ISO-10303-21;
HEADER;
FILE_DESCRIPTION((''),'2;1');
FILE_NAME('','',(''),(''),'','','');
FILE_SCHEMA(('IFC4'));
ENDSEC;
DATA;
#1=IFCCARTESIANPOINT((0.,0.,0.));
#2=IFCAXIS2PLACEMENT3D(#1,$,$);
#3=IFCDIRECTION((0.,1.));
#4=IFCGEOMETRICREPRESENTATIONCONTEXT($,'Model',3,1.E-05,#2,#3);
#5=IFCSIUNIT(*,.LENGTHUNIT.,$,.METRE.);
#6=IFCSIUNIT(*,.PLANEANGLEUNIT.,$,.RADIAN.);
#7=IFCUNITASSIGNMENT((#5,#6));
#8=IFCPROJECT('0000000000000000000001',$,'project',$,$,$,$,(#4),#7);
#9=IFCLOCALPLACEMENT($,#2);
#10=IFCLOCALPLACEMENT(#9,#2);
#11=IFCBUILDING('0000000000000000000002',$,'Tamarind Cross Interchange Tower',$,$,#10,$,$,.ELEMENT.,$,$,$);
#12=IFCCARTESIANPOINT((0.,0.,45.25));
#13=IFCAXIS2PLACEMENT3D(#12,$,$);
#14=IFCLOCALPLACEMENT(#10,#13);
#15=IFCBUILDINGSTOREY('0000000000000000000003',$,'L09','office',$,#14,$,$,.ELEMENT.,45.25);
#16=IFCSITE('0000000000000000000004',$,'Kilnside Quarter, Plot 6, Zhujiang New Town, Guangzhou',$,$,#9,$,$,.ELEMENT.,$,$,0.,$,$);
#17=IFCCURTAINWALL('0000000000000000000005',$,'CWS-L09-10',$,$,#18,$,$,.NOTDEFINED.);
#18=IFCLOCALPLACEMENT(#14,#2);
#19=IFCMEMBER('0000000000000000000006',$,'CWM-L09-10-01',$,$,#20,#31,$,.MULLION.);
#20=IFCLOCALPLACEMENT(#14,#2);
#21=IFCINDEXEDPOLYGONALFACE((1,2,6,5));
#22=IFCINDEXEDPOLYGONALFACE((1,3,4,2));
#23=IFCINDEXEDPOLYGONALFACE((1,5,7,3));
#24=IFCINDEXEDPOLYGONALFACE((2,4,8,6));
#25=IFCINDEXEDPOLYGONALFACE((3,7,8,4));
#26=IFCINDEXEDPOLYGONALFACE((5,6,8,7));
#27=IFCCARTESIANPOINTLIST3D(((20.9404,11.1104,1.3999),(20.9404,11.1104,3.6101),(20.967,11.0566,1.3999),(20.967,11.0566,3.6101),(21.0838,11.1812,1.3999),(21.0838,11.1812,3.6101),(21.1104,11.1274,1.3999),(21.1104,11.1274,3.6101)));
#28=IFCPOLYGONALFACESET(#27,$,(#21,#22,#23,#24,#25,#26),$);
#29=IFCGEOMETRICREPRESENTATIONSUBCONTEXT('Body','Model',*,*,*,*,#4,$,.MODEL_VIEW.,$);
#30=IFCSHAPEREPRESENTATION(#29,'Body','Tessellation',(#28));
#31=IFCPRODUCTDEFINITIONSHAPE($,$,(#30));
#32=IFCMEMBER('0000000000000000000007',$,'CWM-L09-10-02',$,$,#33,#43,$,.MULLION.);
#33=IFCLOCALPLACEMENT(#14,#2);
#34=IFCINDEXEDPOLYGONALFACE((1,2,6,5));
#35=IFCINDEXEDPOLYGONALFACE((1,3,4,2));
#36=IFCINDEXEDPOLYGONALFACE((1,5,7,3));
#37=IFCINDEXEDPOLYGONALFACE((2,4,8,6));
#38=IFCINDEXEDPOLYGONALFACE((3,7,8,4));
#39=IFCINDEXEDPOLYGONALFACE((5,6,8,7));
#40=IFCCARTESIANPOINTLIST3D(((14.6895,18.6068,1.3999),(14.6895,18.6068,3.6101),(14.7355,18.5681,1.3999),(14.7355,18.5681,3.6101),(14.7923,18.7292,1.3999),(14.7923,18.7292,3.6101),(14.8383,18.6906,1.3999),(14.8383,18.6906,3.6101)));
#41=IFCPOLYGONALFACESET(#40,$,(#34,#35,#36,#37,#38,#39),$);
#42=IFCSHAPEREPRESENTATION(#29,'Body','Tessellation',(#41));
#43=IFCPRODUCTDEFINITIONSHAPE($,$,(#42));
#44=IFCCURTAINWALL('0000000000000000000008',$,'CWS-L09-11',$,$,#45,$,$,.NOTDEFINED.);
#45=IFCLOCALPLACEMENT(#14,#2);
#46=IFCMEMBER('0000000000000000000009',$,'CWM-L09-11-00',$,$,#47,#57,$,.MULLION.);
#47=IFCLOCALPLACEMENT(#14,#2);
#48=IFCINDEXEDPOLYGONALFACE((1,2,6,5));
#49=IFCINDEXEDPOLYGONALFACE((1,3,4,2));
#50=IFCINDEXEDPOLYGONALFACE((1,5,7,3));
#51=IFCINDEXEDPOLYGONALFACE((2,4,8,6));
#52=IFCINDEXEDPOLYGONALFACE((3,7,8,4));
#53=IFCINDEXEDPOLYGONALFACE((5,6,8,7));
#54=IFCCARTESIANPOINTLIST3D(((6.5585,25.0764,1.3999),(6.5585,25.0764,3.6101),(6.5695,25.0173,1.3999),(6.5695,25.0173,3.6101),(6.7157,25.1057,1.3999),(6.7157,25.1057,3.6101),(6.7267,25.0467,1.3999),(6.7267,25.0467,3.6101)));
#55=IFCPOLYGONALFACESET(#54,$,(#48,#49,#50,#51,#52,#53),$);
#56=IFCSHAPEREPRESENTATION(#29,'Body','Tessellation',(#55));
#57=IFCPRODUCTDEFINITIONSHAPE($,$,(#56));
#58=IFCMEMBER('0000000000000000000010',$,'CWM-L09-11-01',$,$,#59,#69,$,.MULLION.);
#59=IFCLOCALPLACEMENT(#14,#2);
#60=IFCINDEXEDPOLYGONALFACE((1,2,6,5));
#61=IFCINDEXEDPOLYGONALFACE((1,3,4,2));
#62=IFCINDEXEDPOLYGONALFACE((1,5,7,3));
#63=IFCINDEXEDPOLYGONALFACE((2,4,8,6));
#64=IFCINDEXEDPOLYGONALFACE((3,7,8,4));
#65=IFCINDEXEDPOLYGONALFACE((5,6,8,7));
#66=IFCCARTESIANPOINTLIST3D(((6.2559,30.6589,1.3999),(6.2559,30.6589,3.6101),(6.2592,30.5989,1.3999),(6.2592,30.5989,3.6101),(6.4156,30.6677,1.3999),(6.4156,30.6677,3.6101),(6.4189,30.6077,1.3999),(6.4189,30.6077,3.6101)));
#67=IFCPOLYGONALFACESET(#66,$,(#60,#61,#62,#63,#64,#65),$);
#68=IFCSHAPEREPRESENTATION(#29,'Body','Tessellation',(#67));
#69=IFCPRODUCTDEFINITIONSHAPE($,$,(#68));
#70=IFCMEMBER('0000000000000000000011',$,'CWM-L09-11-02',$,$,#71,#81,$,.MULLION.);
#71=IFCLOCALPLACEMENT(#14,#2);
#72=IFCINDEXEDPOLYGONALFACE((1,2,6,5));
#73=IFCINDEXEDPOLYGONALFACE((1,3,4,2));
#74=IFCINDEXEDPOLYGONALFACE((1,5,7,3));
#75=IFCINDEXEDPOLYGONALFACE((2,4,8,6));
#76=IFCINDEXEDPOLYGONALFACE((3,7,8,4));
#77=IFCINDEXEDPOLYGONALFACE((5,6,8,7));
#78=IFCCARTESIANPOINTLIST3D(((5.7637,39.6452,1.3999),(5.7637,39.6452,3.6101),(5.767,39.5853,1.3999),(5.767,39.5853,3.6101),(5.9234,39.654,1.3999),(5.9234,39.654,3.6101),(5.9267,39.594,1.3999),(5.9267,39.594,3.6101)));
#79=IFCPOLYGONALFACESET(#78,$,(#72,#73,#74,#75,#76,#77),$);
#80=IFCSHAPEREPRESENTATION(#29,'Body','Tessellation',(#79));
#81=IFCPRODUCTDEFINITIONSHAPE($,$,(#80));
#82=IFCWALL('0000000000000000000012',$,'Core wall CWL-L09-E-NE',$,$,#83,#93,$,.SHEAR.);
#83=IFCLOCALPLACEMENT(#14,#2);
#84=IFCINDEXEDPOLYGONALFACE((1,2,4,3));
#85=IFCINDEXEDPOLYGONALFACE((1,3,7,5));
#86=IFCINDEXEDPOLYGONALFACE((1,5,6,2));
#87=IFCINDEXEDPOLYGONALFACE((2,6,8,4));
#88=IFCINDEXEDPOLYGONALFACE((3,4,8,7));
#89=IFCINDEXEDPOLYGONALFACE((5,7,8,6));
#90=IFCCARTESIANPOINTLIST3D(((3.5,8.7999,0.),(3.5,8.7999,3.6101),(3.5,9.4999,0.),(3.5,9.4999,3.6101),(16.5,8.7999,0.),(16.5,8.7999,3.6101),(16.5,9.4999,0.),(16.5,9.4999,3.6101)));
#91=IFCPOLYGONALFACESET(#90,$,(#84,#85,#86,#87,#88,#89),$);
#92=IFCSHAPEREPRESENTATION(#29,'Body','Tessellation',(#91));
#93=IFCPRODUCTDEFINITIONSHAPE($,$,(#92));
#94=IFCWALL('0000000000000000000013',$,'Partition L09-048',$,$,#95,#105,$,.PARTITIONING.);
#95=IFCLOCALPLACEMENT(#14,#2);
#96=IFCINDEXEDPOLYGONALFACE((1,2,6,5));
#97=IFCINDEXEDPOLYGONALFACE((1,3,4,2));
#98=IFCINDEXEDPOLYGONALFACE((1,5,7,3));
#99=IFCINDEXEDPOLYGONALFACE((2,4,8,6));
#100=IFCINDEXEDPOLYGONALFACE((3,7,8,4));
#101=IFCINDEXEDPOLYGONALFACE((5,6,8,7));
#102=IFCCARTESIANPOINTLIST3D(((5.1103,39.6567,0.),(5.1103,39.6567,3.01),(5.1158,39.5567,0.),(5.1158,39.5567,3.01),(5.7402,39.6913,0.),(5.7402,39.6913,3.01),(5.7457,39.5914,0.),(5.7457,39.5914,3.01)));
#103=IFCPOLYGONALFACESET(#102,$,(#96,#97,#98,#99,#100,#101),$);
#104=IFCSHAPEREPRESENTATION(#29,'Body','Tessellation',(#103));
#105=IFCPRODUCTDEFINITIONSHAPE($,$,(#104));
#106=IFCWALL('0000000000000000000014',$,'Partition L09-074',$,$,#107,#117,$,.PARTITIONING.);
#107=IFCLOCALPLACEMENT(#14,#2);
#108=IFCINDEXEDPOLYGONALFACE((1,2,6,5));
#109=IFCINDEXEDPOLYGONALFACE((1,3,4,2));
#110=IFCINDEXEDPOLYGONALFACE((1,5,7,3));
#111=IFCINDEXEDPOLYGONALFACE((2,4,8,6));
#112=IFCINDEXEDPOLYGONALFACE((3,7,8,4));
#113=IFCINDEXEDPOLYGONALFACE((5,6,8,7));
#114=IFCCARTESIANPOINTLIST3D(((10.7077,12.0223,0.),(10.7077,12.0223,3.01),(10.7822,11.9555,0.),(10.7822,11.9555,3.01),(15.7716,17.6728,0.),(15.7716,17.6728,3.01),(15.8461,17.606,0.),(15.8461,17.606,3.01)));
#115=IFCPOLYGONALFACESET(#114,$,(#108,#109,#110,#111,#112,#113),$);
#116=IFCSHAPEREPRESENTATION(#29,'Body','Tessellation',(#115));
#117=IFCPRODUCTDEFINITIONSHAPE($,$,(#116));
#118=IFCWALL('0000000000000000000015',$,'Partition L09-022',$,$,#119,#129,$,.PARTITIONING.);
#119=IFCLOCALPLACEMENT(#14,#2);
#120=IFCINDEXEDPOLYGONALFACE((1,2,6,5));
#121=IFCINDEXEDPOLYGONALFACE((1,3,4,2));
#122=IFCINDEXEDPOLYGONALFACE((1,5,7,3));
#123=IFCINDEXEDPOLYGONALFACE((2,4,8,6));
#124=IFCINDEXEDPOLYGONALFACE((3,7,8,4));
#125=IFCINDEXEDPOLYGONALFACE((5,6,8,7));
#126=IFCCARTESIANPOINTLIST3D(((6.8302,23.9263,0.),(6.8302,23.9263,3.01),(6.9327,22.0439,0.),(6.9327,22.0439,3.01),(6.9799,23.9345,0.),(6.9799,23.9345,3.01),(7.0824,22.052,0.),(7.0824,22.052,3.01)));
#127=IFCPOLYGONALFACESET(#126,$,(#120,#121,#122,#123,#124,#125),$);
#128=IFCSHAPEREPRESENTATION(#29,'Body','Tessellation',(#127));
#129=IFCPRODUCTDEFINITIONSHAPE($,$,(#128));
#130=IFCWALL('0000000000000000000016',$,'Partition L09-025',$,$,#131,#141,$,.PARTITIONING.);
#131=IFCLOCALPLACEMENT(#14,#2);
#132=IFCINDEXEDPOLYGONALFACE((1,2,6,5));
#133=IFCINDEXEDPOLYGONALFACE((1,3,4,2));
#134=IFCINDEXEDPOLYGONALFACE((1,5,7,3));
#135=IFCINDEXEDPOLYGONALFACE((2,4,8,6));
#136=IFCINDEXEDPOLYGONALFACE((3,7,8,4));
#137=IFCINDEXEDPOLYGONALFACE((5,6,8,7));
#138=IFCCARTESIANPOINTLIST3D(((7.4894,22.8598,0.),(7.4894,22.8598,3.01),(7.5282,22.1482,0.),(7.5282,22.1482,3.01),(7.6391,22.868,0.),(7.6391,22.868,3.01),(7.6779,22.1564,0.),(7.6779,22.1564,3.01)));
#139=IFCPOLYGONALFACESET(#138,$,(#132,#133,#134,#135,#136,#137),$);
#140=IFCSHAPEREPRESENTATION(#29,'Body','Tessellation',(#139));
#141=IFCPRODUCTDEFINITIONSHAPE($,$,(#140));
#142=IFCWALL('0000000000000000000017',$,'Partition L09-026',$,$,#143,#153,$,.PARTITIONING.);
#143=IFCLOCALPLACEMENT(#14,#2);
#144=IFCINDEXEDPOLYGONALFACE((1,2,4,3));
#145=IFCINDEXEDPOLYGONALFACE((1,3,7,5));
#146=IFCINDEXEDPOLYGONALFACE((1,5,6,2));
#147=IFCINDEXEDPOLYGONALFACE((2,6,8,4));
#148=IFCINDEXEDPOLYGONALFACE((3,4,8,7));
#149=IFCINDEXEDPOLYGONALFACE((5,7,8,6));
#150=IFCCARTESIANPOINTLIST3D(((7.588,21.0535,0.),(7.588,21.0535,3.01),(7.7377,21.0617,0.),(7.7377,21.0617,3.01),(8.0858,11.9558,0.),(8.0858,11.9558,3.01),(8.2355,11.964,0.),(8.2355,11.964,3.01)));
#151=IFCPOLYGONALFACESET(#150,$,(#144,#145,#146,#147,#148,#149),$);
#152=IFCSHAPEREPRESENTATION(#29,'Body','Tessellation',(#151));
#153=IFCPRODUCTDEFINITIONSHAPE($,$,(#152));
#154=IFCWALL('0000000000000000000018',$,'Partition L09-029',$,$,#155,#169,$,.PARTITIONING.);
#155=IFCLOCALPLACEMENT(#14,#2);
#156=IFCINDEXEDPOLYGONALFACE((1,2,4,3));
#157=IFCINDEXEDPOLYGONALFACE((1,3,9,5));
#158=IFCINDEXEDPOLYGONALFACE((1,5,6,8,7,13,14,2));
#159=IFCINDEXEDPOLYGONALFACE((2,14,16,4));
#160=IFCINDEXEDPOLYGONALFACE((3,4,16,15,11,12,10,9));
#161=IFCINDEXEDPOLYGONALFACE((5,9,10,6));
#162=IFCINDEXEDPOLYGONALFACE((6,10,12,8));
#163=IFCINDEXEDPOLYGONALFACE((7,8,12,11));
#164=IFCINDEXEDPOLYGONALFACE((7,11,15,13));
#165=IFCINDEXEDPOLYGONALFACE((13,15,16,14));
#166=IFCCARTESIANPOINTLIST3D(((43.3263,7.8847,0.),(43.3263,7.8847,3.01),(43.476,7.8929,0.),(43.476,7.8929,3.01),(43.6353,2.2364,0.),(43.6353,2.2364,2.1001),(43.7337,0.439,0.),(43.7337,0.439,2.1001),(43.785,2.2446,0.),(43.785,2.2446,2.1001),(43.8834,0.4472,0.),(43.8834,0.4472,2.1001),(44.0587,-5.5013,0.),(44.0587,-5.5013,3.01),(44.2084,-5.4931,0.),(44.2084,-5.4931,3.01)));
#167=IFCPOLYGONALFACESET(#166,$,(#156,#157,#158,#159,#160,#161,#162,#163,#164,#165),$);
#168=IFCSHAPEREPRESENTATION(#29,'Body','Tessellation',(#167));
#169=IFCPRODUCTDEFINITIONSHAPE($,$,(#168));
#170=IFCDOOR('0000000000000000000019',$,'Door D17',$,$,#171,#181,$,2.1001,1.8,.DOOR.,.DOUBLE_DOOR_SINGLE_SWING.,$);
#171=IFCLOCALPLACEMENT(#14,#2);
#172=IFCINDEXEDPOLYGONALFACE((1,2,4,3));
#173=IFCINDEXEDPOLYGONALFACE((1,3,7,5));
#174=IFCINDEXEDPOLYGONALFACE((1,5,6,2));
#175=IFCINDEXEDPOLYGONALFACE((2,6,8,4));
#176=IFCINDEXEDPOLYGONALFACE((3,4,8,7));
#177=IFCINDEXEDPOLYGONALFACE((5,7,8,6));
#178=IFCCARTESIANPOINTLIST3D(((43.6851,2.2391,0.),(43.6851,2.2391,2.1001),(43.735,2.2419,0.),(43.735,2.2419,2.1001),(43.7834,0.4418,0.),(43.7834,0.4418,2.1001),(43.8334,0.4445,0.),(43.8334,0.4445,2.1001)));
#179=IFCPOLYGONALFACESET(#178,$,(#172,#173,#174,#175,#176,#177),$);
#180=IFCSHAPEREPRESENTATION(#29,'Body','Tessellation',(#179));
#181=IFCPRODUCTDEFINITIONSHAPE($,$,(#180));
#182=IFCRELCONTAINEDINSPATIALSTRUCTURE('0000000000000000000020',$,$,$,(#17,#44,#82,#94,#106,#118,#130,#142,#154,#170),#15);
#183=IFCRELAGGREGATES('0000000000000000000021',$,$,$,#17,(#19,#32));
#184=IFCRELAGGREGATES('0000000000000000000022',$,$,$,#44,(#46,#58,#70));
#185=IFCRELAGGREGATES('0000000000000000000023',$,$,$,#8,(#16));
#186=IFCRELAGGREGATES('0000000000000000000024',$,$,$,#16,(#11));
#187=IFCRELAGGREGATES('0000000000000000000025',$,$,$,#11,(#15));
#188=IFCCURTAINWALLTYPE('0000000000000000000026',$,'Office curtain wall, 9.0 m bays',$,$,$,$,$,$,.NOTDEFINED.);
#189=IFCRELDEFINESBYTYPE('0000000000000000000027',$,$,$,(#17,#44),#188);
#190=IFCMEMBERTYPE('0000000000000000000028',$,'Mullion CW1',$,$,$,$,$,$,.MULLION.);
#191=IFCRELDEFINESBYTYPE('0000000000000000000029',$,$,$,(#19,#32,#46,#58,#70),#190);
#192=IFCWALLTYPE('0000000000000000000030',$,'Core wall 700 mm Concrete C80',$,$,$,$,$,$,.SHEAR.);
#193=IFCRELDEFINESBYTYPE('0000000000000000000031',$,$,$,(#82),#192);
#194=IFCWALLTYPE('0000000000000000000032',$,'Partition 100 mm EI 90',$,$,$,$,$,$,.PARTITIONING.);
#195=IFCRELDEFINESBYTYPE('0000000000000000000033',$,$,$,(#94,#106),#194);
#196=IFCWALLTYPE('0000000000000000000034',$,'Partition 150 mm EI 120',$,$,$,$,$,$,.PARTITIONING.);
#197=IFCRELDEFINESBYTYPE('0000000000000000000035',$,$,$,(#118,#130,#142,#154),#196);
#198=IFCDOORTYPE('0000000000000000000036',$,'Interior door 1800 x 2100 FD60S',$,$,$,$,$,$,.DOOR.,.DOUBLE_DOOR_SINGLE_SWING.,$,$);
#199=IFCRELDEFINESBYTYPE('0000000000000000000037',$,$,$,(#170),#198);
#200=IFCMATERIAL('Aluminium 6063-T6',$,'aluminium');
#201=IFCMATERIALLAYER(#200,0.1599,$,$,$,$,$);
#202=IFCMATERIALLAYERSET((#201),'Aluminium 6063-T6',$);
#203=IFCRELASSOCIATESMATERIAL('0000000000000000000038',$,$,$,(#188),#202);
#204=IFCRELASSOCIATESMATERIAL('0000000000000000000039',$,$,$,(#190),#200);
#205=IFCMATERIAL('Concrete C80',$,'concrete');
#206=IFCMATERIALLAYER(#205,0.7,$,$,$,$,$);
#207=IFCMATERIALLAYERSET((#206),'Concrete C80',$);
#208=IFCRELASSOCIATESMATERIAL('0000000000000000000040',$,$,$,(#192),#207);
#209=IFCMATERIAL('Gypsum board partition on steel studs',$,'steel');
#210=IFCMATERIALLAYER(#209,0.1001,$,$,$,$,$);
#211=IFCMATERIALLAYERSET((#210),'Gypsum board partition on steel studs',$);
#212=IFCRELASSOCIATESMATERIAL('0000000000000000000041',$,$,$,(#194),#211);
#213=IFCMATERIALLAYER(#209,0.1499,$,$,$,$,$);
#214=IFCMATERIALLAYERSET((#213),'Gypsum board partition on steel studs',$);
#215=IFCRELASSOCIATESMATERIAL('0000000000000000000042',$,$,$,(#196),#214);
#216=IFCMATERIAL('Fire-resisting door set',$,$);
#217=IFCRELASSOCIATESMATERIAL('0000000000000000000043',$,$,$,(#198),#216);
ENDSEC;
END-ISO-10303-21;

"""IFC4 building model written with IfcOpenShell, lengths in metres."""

from ifc_helpers import new_model, si_unit, direction, frame, frame_2d, origin, origin_2d, place, context, subcontext, project, spatial, rectangle, extrude, material, layer, layer_set, material_profile, profile_set, type_object, element, fill, aggregate, save


model = new_model("IFC4")

# Units and contexts
model_context = context("Model", 3, precision=1e-05, world=origin(), true_north=direction((0.0, 1.0)))
body_context = subcontext(model_context, "Body", "Model", "MODEL_VIEW")
ifc_project = project(units=[si_unit("LENGTHUNIT", "METRE"), si_unit("PLANEANGLEUNIT", "RADIAN")], contexts=[model_context])

# Site, building, storey
site_placement = place(None, origin())
site = spatial("IfcSite", under=ifc_project, at=site_placement, Name="Kilnside Quarter, Plot 6, Zhujiang New Town, Guangzhou", CompositionType="ELEMENT", RefElevation=0.0)
building_placement = place(site_placement, origin())
building = spatial("IfcBuilding", under=site, at=building_placement, Name="Tamarind Cross Interchange Tower", CompositionType="ELEMENT")
storey_placement = place(building_placement, frame((0.0, 0.0, 45.25)))
storey = spatial("IfcBuildingStorey", under=building, at=storey_placement, Name="L09", Description="office", CompositionType="ELEMENT", Elevation=45.25)

# Shared definitions
ifc_material_1 = material(Name="Aluminium 6063-T6", Category="aluminium")
ifc_layer_1 = layer(ifc_material_1, 0.1599)
ifc_layer_set_1 = layer_set([ifc_layer_1], Name="Aluminium 6063-T6")
curtain_wall_type = type_object("IfcCurtainWallType", Name="Office curtain wall, 9.0 m bays", PredefinedType="NOTDEFINED", material=ifc_layer_set_1)
ifc_material_profile_1 = material_profile(ifc_material_1, rectangle(XDim=0.0601, YDim=0.1599, at=origin_2d()), Name="Mullion CW1")
ifc_profile_set_1 = profile_set([ifc_material_profile_1], Name="Aluminium 6063-T6")
member_type = type_object("IfcMemberType", Name="Mullion CW1", PredefinedType="MULLION", material=ifc_profile_set_1)

# Curtain walls, members
curtain_wall_1_placement = place(storey_placement, origin())
curtain_wall_1 = element("IfcCurtainWall", 1, at=curtain_wall_1_placement, inside=storey, type_object=curtain_wall_type, Name="CWS-L09-10", PredefinedType="NOTDEFINED")
member_1_placement = place(storey_placement, frame((21.0254, 11.1189, 1.3999), z_axis=(0.0, 0.0, 1.0), x_axis=(-0.443059, 0.896493, 0.0)))
member_1 = element("IfcMember", 2, at=member_1_placement, type_object=member_type, Name="CWM-L09-10-01", PredefinedType="MULLION", context=body_context, shape_type="SweptSolid", body=[
    extrude(rectangle(XDim=0.0601, YDim=0.1599, at=origin_2d()), origin(), (0.0, 0.0, 1.0), 2.2102),
])
member_2_placement = place(storey_placement, frame((14.7639, 18.6487, 1.3999), z_axis=(0.0, 0.0, 1.0), x_axis=(-0.765858, 0.643009, 0.0)))
member_2 = element("IfcMember", 3, at=member_2_placement, type_object=member_type, Name="CWM-L09-10-02", PredefinedType="MULLION", context=body_context, shape_type="SweptSolid", body=[
    extrude(rectangle(XDim=0.0601, YDim=0.1599, at=origin_2d()), origin(), (0.0, 0.0, 1.0), 2.2102),
])
aggregate(curtain_wall_1, [member_1, member_2])
curtain_wall_2_placement = place(storey_placement, origin())
curtain_wall_2 = element("IfcCurtainWall", 4, at=curtain_wall_2_placement, inside=storey, type_object=curtain_wall_type, Name="CWS-L09-11", PredefinedType="NOTDEFINED")
member_3_placement = place(storey_placement, frame((6.6426, 25.0615, 1.3999), z_axis=(0.0, 0.0, 1.0), x_axis=(-0.183566, 0.983007, 0.0)))
member_3 = element("IfcMember", 5, at=member_3_placement, type_object=member_type, Name="CWM-L09-11-00", PredefinedType="MULLION", context=body_context, shape_type="SweptSolid", body=[
    extrude(rectangle(XDim=0.0601, YDim=0.1599, at=origin_2d()), origin(), (0.0, 0.0, 1.0), 2.2102),
])
member_4_placement = place(storey_placement, frame((6.3374, 30.6333, 1.3999), z_axis=(0.0, 0.0, 1.0), x_axis=(-0.054678, 0.998504, 0.0)))
member_4 = element("IfcMember", 6, at=member_4_placement, type_object=member_type, Name="CWM-L09-11-01", PredefinedType="MULLION", context=body_context, shape_type="SweptSolid", body=[
    extrude(rectangle(XDim=0.0601, YDim=0.1599, at=origin_2d()), origin(), (0.0, 0.0, 1.0), 2.2102),
])
member_5_placement = place(storey_placement, frame((5.8452, 39.6196, 1.3999), z_axis=(0.0, 0.0, 1.0), x_axis=(-0.054678, 0.998504, 0.0)))
member_5 = element("IfcMember", 7, at=member_5_placement, type_object=member_type, Name="CWM-L09-11-02", PredefinedType="MULLION", context=body_context, shape_type="SweptSolid", body=[
    extrude(rectangle(XDim=0.0601, YDim=0.1599, at=origin_2d()), origin(), (0.0, 0.0, 1.0), 2.2102),
])
aggregate(curtain_wall_2, [member_3, member_4, member_5])

# Walls
ifc_material_2 = material(Name="Concrete C80", Category="concrete")
ifc_layer_2 = layer(ifc_material_2, 0.7)
ifc_layer_set_2 = layer_set([ifc_layer_2], Name="Concrete C80")
wall_type_1 = type_object("IfcWallType", Name="Core wall 700 mm Concrete C80", PredefinedType="SHEAR", material=ifc_layer_set_2)
wall_1_placement = place(storey_placement, frame((16.5, 9.1499, 0.0), z_axis=(0.0, 0.0, 1.0), x_axis=(-1.0, 0.0, 0.0)))
element("IfcWall", 8, at=wall_1_placement, inside=storey, type_object=wall_type_1, Name="Core wall CWL-L09-E-NE", PredefinedType="SHEAR", context=body_context, shape_type="SweptSolid", body=[
    extrude(rectangle(XDim=13.0, YDim=0.7, at=frame_2d((6.5, 0.0))), origin(), (0.0, 0.0, 1.0), 3.6101),
])
ifc_material_3 = material(Name="Gypsum board partition on steel studs", Category="steel")
ifc_layer_3 = layer(ifc_material_3, 0.1001)
ifc_layer_set_3 = layer_set([ifc_layer_3], Name="Gypsum board partition on steel studs")
wall_type_2 = type_object("IfcWallType", Name="Partition 100 mm EI 90", PredefinedType="PARTITIONING", material=ifc_layer_set_3)
wall_2_placement = place(storey_placement, frame((5.113, 39.6067, 0.0), z_axis=(0.0, 0.0, 1.0), x_axis=(0.998489, 0.054956, 0.0)))
element("IfcWall", 9, at=wall_2_placement, inside=storey, type_object=wall_type_2, Name="Partition L09-048", PredefinedType="PARTITIONING", context=body_context, shape_type="SweptSolid", body=[
    extrude(rectangle(XDim=0.6309, YDim=0.1001, at=frame_2d((0.3154, 0.0))), origin(), (0.0, 0.0, 1.0), 3.01),
])
wall_3_placement = place(storey_placement, frame((10.7449, 11.9888, 0.0), z_axis=(0.0, 0.0, 1.0), x_axis=(0.66739, 0.744708, 0.0)))
element("IfcWall", 10, at=wall_3_placement, inside=storey, type_object=wall_type_2, Name="Partition L09-074", PredefinedType="PARTITIONING", context=body_context, shape_type="SweptSolid", body=[
    extrude(rectangle(XDim=7.5876, YDim=0.1001, at=frame_2d((3.7939, 0.0))), origin(), (0.0, 0.0, 1.0), 3.01),
])
ifc_layer_4 = layer(ifc_material_3, 0.1499)
ifc_layer_set_4 = layer_set([ifc_layer_4], Name="Gypsum board partition on steel studs")
wall_type_3 = type_object("IfcWallType", Name="Partition 150 mm EI 120", PredefinedType="PARTITIONING", material=ifc_layer_set_4)
wall_4_placement = place(storey_placement, frame((6.905, 23.9304, 0.0), z_axis=(0.0, 0.0, 1.0), x_axis=(0.054387, -0.99852, 0.0)))
element("IfcWall", 11, at=wall_4_placement, inside=storey, type_object=wall_type_3, Name="Partition L09-022", PredefinedType="PARTITIONING", context=body_context, shape_type="SweptSolid", body=[
    extrude(rectangle(XDim=1.8853, YDim=0.1499, at=frame_2d((0.9426, 0.0))), origin(), (0.0, 0.0, 1.0), 3.01),
])
wall_5_placement = place(storey_placement, frame((7.5642, 22.864, 0.0), z_axis=(0.0, 0.0, 1.0), x_axis=(0.054464, -0.998516, 0.0)))
element("IfcWall", 12, at=wall_5_placement, inside=storey, type_object=wall_type_3, Name="Partition L09-025", PredefinedType="PARTITIONING", context=body_context, shape_type="SweptSolid", body=[
    extrude(rectangle(XDim=0.7126, YDim=0.1499, at=frame_2d((0.3564, 0.0))), origin(), (0.0, 0.0, 1.0), 3.01),
])
wall_6_placement = place(storey_placement, frame((7.6628, 21.0576, 0.0), z_axis=(0.0, 0.0, 1.0), x_axis=(0.054636, -0.998506, 0.0)))
element("IfcWall", 13, at=wall_6_placement, inside=storey, type_object=wall_type_3, Name="Partition L09-026", PredefinedType="PARTITIONING", context=body_context, shape_type="SweptSolid", body=[
    extrude(rectangle(XDim=9.1113, YDim=0.1499, at=frame_2d((4.5557, 0.0))), origin(), (0.0, 0.0, 1.0), 3.01),
])

# Wall, opening, door
wall_7_placement = place(storey_placement, frame((43.4011, 7.8889, 0.0), z_axis=(0.0, 0.0, 1.0), x_axis=(0.054634, -0.998506, 0.0)))
wall_7 = element("IfcWall", 14, at=wall_7_placement, inside=storey, type_object=wall_type_3, Name="Partition L09-029", PredefinedType="PARTITIONING", context=body_context, shape_type="SweptSolid", body=[
    extrude(rectangle(XDim=13.406, YDim=0.1499, at=frame_2d((6.7031, 0.0))), origin(), (0.0, 0.0, 1.0), 3.01),
])
opening_placement = place(wall_7_placement, frame((5.657, 0.0, 0.0)))
opening = element("IfcOpeningElement", 15, at=opening_placement, cuts=wall_7, PredefinedType="OPENING", context=body_context, shape_type="SweptSolid", body=[
    extrude(rectangle(XDim=1.8, YDim=2.1001, at=frame_2d((0.8999, 1.05))), frame((0.0, 0.085, 0.0), z_axis=(0.0, -1.0, 0.0), x_axis=(1.0, 0.0, 0.0)), (0.0, 0.0, 1.0), 0.1699),
])
ifc_material_4 = material(Name="Fire-resisting door set")
door_type = type_object("IfcDoorType", Name="Interior door 1800 x 2100 FD60S", OperationType="DOUBLE_DOOR_SINGLE_SWING", PredefinedType="DOOR", material=ifc_material_4)
door_placement = place(opening_placement, origin())
door = element("IfcDoor", 16, at=door_placement, inside=storey, type_object=door_type, Name="Door D17", OperationType="DOUBLE_DOOR_SINGLE_SWING", OverallHeight=2.1001, OverallWidth=1.8, PredefinedType="DOOR", context=body_context, shape_type="SweptSolid", body=[
    extrude(rectangle(XDim=1.8, YDim=2.1001, at=frame_2d((0.8999, 1.05))), frame((0.0, 0.0249, 0.0), z_axis=(0.0, -1.0, 0.0), x_axis=(1.0, 0.0, 0.0)), (0.0, 0.0, 1.0), 0.05),
])
fill(opening, door)

save(model, "model.ifc")
